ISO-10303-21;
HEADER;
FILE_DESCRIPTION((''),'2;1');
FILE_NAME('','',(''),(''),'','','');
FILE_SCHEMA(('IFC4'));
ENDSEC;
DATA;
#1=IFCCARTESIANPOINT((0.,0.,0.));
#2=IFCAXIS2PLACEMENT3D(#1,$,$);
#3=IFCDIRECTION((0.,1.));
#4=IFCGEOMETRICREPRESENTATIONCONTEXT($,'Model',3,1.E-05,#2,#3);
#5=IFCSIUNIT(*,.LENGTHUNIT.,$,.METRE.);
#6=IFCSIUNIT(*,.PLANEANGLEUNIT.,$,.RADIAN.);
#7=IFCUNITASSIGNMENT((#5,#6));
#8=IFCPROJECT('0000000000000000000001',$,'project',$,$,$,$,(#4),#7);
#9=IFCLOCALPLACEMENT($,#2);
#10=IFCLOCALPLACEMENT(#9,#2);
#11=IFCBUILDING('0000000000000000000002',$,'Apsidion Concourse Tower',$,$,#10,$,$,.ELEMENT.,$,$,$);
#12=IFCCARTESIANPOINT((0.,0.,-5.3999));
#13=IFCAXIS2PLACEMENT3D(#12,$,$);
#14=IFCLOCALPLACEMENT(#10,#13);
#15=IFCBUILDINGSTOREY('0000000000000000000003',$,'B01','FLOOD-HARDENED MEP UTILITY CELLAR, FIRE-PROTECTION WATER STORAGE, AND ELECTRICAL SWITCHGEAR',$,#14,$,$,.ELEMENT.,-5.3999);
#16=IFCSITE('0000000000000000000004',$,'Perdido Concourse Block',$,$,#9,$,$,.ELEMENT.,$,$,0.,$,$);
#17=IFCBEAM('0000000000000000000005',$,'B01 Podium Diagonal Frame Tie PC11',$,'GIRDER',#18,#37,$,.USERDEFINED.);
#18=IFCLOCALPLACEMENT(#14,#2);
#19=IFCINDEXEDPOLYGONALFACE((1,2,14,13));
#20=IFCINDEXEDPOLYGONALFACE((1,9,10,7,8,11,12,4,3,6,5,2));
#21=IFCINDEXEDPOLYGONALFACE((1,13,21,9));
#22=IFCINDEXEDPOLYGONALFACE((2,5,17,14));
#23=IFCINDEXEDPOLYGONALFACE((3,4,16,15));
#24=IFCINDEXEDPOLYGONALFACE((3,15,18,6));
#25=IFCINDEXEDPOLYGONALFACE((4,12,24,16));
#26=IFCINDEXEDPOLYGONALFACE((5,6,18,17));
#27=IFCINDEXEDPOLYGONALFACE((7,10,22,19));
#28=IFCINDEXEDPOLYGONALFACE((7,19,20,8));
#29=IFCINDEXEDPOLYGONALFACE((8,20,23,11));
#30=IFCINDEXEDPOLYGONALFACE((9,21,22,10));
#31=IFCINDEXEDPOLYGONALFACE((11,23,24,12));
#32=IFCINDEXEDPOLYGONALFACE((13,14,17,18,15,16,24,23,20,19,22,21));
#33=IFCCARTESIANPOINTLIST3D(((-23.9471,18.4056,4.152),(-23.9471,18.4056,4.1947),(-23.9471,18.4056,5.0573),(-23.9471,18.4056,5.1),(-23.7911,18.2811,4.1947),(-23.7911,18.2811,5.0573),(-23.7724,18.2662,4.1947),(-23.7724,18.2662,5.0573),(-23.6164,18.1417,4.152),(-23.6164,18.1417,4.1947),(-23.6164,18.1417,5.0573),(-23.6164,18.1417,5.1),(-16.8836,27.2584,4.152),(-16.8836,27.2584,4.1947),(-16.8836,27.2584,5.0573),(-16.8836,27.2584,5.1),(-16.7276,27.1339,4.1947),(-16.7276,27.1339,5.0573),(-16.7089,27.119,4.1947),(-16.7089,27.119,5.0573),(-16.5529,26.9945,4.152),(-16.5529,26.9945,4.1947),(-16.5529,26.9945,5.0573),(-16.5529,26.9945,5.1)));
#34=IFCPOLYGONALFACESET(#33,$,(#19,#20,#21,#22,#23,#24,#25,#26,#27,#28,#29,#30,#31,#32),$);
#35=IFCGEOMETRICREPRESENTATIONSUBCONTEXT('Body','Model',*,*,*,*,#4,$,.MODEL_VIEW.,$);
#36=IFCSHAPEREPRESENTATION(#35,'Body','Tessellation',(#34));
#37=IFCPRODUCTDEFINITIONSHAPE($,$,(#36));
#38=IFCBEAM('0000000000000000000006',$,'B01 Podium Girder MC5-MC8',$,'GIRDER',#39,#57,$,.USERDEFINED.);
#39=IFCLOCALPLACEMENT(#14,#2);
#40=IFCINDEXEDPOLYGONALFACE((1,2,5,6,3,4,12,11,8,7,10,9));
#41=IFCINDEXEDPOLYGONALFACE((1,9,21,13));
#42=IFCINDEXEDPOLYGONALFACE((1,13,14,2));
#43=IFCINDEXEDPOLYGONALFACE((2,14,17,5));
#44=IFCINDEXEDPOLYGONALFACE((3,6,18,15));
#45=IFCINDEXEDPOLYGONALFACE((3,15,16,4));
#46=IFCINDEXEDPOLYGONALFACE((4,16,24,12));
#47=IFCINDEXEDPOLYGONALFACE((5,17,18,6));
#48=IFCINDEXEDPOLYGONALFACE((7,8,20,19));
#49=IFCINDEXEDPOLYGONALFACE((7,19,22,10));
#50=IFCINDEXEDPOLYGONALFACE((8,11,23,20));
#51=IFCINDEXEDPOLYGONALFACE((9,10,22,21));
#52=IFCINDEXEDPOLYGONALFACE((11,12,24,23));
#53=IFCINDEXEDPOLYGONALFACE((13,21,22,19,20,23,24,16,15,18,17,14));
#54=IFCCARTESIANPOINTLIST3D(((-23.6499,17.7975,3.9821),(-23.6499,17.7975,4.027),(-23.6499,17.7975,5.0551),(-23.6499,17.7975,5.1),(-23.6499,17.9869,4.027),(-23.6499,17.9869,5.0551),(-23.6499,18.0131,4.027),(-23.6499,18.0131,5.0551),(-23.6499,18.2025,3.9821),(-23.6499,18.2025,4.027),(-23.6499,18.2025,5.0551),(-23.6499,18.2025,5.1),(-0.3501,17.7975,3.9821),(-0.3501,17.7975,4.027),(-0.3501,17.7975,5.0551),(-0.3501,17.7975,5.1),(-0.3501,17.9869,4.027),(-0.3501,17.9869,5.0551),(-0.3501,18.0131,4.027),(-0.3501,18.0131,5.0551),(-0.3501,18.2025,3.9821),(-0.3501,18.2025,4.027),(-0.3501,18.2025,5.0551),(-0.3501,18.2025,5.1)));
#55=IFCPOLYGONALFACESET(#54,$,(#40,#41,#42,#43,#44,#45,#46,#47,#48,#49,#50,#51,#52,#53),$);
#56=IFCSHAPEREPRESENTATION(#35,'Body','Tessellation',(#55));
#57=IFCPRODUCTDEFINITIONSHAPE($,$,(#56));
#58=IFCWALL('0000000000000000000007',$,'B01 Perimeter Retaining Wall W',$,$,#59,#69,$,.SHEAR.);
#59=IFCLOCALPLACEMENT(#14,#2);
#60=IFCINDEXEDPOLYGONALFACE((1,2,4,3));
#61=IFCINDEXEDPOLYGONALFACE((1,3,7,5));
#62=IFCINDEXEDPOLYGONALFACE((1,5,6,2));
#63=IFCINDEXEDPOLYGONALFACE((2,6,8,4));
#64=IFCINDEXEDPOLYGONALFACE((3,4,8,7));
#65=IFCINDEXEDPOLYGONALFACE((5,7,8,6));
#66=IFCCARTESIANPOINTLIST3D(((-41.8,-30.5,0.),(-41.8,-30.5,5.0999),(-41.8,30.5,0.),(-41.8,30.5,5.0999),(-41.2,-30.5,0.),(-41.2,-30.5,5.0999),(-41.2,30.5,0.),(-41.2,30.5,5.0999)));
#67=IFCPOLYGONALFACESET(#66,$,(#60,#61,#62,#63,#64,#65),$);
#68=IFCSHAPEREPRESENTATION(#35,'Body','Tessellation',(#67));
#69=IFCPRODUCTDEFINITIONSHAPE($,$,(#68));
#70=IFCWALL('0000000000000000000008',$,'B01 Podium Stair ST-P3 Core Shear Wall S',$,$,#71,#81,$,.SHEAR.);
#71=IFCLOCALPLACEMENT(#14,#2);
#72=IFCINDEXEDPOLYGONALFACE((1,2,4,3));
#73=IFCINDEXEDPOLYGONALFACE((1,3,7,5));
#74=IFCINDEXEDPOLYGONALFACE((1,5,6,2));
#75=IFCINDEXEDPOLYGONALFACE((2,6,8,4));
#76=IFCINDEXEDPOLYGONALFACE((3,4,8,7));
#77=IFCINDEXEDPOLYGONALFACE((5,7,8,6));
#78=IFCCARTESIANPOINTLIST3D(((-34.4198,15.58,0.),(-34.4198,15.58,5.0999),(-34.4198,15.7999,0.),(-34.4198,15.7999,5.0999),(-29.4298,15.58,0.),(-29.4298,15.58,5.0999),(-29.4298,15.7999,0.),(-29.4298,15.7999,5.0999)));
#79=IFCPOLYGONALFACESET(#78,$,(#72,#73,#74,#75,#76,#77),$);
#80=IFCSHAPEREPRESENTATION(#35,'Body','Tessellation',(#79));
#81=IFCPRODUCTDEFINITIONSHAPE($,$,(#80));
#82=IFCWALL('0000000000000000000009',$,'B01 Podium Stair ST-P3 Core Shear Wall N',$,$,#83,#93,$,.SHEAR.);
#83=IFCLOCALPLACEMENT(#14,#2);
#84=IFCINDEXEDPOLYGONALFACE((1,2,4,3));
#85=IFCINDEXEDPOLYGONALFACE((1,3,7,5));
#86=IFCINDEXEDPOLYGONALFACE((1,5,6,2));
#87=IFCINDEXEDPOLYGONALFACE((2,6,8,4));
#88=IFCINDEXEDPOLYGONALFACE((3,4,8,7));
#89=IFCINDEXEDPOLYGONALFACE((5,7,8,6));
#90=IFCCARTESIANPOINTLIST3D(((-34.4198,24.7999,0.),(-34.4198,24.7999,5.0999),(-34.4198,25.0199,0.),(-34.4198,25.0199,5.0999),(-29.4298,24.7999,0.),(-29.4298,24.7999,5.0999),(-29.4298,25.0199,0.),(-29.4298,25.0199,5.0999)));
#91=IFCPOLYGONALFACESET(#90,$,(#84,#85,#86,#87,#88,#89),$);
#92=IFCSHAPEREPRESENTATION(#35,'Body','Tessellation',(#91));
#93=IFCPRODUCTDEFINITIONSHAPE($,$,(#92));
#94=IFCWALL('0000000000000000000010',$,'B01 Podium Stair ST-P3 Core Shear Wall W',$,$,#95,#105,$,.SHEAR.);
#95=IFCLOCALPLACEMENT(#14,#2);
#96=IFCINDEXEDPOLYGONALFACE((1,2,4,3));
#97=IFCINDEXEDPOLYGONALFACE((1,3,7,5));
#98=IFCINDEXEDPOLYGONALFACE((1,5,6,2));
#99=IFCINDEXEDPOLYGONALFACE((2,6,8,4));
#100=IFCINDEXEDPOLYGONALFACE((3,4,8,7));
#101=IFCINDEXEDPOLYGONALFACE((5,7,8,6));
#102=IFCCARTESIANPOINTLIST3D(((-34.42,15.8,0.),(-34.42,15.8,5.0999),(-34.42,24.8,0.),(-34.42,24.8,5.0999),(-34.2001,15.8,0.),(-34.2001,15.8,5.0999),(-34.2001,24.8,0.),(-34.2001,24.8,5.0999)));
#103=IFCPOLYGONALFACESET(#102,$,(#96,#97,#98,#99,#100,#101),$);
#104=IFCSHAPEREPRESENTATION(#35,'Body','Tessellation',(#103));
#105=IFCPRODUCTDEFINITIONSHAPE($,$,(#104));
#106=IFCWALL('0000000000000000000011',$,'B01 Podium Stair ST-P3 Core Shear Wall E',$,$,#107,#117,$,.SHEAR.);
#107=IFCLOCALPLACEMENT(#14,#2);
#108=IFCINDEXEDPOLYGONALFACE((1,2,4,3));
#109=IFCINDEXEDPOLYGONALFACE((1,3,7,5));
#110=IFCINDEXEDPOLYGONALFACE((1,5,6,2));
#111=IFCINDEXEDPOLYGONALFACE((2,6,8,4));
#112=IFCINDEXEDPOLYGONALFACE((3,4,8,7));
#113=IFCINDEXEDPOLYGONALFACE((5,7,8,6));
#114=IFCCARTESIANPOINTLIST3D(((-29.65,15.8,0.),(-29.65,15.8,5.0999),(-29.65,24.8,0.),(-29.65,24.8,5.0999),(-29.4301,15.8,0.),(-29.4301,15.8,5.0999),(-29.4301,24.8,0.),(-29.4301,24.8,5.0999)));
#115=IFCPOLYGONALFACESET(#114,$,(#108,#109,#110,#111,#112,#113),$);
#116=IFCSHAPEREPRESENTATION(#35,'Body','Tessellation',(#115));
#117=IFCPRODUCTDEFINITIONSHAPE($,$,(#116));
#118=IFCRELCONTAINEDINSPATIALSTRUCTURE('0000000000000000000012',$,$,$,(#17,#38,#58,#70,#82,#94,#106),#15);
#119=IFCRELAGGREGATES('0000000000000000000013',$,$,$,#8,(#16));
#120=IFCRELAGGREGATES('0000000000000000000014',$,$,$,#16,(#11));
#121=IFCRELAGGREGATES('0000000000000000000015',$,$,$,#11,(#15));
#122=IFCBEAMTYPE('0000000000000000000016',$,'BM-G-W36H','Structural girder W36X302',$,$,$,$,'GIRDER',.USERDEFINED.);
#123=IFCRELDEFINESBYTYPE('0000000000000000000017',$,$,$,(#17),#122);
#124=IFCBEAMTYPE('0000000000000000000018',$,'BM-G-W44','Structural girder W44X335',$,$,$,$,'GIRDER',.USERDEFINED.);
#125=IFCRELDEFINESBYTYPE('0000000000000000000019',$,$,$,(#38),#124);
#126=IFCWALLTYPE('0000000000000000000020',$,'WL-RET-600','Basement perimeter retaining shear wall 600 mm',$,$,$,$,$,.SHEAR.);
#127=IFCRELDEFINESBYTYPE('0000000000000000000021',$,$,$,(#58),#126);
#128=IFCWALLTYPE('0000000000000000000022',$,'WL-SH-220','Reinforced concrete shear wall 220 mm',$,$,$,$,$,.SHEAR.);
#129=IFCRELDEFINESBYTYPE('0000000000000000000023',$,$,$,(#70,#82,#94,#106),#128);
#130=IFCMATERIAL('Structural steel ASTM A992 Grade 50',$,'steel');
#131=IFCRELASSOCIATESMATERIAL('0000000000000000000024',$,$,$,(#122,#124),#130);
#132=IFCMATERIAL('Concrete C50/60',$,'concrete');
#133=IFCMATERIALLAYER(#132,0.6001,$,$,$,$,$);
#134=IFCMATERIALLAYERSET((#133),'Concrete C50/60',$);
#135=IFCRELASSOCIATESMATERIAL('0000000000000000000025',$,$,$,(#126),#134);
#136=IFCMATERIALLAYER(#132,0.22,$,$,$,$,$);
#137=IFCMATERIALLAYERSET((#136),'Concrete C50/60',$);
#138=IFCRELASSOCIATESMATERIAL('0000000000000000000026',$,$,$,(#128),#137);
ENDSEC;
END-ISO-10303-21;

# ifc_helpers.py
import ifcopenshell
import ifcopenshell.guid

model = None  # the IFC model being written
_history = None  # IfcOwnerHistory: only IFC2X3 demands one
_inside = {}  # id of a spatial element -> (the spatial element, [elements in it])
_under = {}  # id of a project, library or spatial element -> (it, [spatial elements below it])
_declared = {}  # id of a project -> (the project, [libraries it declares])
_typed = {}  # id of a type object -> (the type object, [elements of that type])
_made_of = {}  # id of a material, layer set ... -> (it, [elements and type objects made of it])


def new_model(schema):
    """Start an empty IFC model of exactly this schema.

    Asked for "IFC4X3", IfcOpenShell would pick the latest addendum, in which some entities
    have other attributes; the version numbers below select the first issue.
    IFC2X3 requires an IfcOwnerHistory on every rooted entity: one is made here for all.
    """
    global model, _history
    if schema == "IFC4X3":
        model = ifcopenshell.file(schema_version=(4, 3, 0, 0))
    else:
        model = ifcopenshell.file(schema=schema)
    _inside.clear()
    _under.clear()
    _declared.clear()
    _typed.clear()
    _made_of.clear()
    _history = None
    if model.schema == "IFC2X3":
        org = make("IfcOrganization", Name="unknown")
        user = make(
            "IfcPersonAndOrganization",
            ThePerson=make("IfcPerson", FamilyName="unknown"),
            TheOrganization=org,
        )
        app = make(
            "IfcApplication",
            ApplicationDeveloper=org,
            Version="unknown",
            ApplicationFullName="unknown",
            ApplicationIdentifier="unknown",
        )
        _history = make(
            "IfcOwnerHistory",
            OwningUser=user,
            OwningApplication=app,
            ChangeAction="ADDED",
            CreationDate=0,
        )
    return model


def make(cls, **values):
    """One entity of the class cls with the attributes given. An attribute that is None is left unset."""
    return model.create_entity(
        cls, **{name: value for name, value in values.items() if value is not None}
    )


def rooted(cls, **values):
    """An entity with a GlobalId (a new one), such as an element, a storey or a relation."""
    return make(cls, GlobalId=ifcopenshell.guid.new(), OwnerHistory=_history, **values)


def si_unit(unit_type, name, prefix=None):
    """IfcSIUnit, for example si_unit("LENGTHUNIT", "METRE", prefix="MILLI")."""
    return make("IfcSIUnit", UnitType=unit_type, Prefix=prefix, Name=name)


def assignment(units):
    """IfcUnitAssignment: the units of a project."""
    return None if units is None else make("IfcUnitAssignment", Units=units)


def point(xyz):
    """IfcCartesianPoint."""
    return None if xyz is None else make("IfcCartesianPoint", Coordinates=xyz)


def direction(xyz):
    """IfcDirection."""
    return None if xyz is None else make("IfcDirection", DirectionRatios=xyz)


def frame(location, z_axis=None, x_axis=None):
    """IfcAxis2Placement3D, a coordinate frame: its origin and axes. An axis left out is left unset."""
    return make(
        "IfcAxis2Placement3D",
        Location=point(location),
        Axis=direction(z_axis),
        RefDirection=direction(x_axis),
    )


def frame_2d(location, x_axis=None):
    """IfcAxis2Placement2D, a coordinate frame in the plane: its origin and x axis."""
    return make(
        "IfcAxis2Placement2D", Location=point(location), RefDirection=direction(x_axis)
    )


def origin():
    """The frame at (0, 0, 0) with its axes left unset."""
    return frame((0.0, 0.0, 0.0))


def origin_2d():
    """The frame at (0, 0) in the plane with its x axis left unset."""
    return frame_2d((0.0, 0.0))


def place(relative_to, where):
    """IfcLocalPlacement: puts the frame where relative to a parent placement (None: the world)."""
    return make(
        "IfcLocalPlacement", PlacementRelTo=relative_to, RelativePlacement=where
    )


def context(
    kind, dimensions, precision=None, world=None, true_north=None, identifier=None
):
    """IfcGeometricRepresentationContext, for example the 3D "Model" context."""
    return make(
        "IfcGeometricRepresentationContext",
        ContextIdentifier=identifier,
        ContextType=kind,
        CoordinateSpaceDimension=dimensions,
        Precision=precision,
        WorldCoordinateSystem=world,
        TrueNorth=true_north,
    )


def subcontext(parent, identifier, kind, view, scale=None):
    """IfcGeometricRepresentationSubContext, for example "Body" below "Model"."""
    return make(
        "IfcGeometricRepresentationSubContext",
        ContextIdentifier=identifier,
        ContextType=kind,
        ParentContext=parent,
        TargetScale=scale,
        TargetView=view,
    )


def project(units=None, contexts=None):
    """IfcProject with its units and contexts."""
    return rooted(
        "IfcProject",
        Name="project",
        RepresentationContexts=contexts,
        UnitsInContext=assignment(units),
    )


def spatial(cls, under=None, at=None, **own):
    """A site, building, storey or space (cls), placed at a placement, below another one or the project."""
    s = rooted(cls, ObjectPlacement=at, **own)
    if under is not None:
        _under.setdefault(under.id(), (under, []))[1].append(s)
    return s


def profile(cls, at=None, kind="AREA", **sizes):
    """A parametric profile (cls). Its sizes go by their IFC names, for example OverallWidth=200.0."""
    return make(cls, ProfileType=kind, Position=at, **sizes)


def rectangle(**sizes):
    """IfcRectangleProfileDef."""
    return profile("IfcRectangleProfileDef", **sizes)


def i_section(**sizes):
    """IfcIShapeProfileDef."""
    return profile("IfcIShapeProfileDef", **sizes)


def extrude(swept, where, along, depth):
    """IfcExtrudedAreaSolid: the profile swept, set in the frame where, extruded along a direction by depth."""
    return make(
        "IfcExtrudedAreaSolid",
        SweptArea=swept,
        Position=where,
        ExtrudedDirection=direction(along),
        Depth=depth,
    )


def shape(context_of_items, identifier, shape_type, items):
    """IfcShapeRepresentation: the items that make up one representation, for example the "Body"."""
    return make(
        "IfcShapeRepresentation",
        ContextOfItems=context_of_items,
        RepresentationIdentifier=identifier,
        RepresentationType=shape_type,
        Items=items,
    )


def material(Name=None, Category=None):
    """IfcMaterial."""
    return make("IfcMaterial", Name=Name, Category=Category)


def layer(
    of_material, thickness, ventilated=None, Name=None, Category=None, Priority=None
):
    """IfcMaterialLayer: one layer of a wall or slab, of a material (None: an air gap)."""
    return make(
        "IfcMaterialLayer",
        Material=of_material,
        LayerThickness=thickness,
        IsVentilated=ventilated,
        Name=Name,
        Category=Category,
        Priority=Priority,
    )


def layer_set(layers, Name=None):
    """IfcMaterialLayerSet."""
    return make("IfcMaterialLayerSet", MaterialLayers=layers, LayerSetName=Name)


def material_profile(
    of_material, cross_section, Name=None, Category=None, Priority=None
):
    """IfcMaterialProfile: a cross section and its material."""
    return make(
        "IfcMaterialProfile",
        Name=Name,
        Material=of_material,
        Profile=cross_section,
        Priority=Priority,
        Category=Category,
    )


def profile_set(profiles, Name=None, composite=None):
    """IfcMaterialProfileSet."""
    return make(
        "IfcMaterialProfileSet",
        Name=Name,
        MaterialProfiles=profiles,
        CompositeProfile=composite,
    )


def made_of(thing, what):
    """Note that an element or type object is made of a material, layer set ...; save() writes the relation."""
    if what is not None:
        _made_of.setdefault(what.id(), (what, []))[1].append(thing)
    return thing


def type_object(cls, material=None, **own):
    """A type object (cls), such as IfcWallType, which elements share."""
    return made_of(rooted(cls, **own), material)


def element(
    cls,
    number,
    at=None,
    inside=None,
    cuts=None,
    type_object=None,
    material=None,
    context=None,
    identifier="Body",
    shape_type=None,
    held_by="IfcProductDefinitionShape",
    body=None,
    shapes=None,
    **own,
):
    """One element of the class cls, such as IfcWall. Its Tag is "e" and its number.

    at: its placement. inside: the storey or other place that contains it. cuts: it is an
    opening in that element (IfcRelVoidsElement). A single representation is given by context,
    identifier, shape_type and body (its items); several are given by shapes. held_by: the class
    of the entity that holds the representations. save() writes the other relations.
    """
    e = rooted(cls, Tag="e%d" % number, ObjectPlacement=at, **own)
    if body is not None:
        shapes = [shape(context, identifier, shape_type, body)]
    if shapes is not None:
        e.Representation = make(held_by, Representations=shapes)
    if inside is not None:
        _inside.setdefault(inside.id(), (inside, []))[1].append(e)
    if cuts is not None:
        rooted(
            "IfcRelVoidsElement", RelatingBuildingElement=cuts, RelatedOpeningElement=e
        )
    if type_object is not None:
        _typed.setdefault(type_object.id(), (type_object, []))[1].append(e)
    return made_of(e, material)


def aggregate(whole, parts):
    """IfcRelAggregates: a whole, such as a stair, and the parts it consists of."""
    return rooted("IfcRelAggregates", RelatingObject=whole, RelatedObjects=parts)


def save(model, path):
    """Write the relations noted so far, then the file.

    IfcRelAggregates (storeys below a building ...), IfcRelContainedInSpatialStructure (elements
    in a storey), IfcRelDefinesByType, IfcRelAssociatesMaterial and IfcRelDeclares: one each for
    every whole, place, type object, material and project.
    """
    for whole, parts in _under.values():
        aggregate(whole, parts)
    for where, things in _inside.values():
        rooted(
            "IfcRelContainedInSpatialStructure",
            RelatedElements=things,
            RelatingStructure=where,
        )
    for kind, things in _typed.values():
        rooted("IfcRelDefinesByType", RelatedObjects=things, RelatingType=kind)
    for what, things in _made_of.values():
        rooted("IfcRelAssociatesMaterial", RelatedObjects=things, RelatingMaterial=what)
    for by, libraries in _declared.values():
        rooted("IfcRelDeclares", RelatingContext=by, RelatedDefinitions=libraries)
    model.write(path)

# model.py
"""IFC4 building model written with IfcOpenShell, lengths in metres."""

from ifc_helpers import new_model, si_unit, direction, frame, frame_2d, origin, origin_2d, place, context, subcontext, project, spatial, rectangle, i_section, extrude, material, layer, layer_set, material_profile, profile_set, type_object, element, save


model = new_model("IFC4")

# Units and contexts
model_context = context("Model", 3, precision=1e-05, world=origin(), true_north=direction((0.0, 1.0)))
body_context = subcontext(model_context, "Body", "Model", "MODEL_VIEW")
ifc_project = project(units=[si_unit("LENGTHUNIT", "METRE"), si_unit("PLANEANGLEUNIT", "RADIAN")], contexts=[model_context])

# Site, building, storey
site_placement = place(None, origin())
site = spatial("IfcSite", under=ifc_project, at=site_placement, Name="Perdido Concourse Block", CompositionType="ELEMENT", RefElevation=0.0)
building_placement = place(site_placement, origin())
building = spatial("IfcBuilding", under=site, at=building_placement, Name="Apsidion Concourse Tower", CompositionType="ELEMENT")
storey_placement = place(building_placement, frame((0.0, 0.0, -5.3999)))
storey = spatial("IfcBuildingStorey", under=building, at=storey_placement, Name="B01", Description="FLOOD-HARDENED MEP UTILITY CELLAR, FIRE-PROTECTION WATER STORAGE, AND ELECTRICAL SWITCHGEAR", CompositionType="ELEMENT", Elevation=-5.3999)

# Shared definitions
ifc_material_1 = material(Name="Concrete C50/60", Category="concrete")

# Beams
ifc_material_2 = material(Name="Structural steel ASTM A992 Grade 50", Category="steel")
ifc_material_profile_1 = material_profile(ifc_material_2, i_section(OverallWidth=0.4231, OverallDepth=0.948, WebThickness=0.0239, FlangeThickness=0.0427, at=origin_2d()), Name="W36X302")
ifc_profile_set_1 = profile_set([ifc_material_profile_1], Name="Structural steel ASTM A992 Grade 50")
beam_type_1 = type_object("IfcBeamType", Name="BM-G-W36H", Description="Structural girder W36X302", ElementType="GIRDER", PredefinedType="USERDEFINED", material=ifc_profile_set_1)
beam_1_placement = place(storey_placement, frame((-16.7183, 27.1265, 4.626), z_axis=(-0.623685, -0.781676, 0.0), x_axis=(0.781676, -0.623685, 0.0)))
element("IfcBeam", 1, at=beam_1_placement, inside=storey, type_object=beam_type_1, Name="B01 Podium Diagonal Frame Tie PC11", ObjectType="GIRDER", PredefinedType="USERDEFINED", context=body_context, shape_type="SweptSolid", body=[
    extrude(i_section(OverallWidth=0.4231, OverallDepth=0.948, WebThickness=0.0239, FlangeThickness=0.0427, at=origin_2d()), origin(), (0.0, 0.0, 1.0), 11.3254),
])
ifc_material_profile_2 = material_profile(ifc_material_2, i_section(OverallWidth=0.405, OverallDepth=1.1179, WebThickness=0.0261, FlangeThickness=0.0449, at=origin_2d()), Name="W44X335")
ifc_profile_set_2 = profile_set([ifc_material_profile_2], Name="Structural steel ASTM A992 Grade 50")
beam_type_2 = type_object("IfcBeamType", Name="BM-G-W44", Description="Structural girder W44X335", ElementType="GIRDER", PredefinedType="USERDEFINED", material=ifc_profile_set_2)
beam_2_placement = place(storey_placement, frame((-23.6499, 18.0, 4.541), z_axis=(1.0, 0.0, 0.0), x_axis=(0.0, 1.0, 0.0)))
element("IfcBeam", 2, at=beam_2_placement, inside=storey, type_object=beam_type_2, Name="B01 Podium Girder MC5-MC8", ObjectType="GIRDER", PredefinedType="USERDEFINED", context=body_context, shape_type="SweptSolid", body=[
    extrude(i_section(OverallWidth=0.405, OverallDepth=1.1179, WebThickness=0.0261, FlangeThickness=0.0449, at=origin_2d()), origin(), (0.0, 0.0, 1.0), 23.2998),
])

# Walls
ifc_layer_1 = layer(ifc_material_1, 0.6001)
ifc_layer_set_1 = layer_set([ifc_layer_1], Name="Concrete C50/60")
wall_type_1 = type_object("IfcWallType", Name="WL-RET-600", Description="Basement perimeter retaining shear wall 600 mm", PredefinedType="SHEAR", material=ifc_layer_set_1)
wall_placement = place(storey_placement, frame((-41.5, 30.5, 0.0), z_axis=(0.0, 0.0, 1.0), x_axis=(0.0, -1.0, 0.0)))
element("IfcWall", 3, at=wall_placement, inside=storey, type_object=wall_type_1, Name="B01 Perimeter Retaining Wall W", PredefinedType="SHEAR", context=body_context, shape_type="SweptSolid", body=[
    extrude(rectangle(XDim=61.0, YDim=0.6001, at=frame_2d((30.5, 0.0))), origin(), (0.0, 0.0, 1.0), 5.0999),
])
ifc_layer_2 = layer(ifc_material_1, 0.22)
ifc_layer_set_2 = layer_set([ifc_layer_2], Name="Concrete C50/60")
wall_type_2 = type_object("IfcWallType", Name="WL-SH-220", Description="Reinforced concrete shear wall 220 mm", PredefinedType="SHEAR", material=ifc_layer_set_2)
for number, where, z_axis, x_axis, name in (
    (4, (-34.4199, 15.6899, 0.0), (0.0, 0.0, 1.0), (1.0, 0.0, 0.0), "B01 Podium Stair ST-P3 Core Shear Wall S"),
    (5, (-34.4199, 24.9099, 0.0), (0.0, 0.0, 1.0), (1.0, 0.0, 0.0), "B01 Podium Stair ST-P3 Core Shear Wall N"),
):
    element("IfcWall", number, at=place(storey_placement, frame(where, z_axis=z_axis, x_axis=x_axis)), inside=storey, type_object=wall_type_2, Name=name, PredefinedType="SHEAR", context=body_context, shape_type="SweptSolid", body=[
        extrude(rectangle(XDim=4.99, YDim=0.22, at=frame_2d((2.4951, 0.0))), origin(), (0.0, 0.0, 1.0), 5.0999),
    ])
for number, where, z_axis, x_axis, name in (
    (6, (-34.3101, 15.8, 0.0), (0.0, 0.0, 1.0), (0.0, 1.0, 0.0), "B01 Podium Stair ST-P3 Core Shear Wall W"),
    (7, (-29.54, 15.8, 0.0), (0.0, 0.0, 1.0), (0.0, 1.0, 0.0), "B01 Podium Stair ST-P3 Core Shear Wall E"),
):
    element("IfcWall", number, at=place(storey_placement, frame(where, z_axis=z_axis, x_axis=x_axis)), inside=storey, type_object=wall_type_2, Name=name, PredefinedType="SHEAR", context=body_context, shape_type="SweptSolid", body=[
        extrude(rectangle(XDim=9.0, YDim=0.22, at=frame_2d((4.5, 0.0))), origin(), (0.0, 0.0, 1.0), 5.0999),
    ])

save(model, "model.ifc")
